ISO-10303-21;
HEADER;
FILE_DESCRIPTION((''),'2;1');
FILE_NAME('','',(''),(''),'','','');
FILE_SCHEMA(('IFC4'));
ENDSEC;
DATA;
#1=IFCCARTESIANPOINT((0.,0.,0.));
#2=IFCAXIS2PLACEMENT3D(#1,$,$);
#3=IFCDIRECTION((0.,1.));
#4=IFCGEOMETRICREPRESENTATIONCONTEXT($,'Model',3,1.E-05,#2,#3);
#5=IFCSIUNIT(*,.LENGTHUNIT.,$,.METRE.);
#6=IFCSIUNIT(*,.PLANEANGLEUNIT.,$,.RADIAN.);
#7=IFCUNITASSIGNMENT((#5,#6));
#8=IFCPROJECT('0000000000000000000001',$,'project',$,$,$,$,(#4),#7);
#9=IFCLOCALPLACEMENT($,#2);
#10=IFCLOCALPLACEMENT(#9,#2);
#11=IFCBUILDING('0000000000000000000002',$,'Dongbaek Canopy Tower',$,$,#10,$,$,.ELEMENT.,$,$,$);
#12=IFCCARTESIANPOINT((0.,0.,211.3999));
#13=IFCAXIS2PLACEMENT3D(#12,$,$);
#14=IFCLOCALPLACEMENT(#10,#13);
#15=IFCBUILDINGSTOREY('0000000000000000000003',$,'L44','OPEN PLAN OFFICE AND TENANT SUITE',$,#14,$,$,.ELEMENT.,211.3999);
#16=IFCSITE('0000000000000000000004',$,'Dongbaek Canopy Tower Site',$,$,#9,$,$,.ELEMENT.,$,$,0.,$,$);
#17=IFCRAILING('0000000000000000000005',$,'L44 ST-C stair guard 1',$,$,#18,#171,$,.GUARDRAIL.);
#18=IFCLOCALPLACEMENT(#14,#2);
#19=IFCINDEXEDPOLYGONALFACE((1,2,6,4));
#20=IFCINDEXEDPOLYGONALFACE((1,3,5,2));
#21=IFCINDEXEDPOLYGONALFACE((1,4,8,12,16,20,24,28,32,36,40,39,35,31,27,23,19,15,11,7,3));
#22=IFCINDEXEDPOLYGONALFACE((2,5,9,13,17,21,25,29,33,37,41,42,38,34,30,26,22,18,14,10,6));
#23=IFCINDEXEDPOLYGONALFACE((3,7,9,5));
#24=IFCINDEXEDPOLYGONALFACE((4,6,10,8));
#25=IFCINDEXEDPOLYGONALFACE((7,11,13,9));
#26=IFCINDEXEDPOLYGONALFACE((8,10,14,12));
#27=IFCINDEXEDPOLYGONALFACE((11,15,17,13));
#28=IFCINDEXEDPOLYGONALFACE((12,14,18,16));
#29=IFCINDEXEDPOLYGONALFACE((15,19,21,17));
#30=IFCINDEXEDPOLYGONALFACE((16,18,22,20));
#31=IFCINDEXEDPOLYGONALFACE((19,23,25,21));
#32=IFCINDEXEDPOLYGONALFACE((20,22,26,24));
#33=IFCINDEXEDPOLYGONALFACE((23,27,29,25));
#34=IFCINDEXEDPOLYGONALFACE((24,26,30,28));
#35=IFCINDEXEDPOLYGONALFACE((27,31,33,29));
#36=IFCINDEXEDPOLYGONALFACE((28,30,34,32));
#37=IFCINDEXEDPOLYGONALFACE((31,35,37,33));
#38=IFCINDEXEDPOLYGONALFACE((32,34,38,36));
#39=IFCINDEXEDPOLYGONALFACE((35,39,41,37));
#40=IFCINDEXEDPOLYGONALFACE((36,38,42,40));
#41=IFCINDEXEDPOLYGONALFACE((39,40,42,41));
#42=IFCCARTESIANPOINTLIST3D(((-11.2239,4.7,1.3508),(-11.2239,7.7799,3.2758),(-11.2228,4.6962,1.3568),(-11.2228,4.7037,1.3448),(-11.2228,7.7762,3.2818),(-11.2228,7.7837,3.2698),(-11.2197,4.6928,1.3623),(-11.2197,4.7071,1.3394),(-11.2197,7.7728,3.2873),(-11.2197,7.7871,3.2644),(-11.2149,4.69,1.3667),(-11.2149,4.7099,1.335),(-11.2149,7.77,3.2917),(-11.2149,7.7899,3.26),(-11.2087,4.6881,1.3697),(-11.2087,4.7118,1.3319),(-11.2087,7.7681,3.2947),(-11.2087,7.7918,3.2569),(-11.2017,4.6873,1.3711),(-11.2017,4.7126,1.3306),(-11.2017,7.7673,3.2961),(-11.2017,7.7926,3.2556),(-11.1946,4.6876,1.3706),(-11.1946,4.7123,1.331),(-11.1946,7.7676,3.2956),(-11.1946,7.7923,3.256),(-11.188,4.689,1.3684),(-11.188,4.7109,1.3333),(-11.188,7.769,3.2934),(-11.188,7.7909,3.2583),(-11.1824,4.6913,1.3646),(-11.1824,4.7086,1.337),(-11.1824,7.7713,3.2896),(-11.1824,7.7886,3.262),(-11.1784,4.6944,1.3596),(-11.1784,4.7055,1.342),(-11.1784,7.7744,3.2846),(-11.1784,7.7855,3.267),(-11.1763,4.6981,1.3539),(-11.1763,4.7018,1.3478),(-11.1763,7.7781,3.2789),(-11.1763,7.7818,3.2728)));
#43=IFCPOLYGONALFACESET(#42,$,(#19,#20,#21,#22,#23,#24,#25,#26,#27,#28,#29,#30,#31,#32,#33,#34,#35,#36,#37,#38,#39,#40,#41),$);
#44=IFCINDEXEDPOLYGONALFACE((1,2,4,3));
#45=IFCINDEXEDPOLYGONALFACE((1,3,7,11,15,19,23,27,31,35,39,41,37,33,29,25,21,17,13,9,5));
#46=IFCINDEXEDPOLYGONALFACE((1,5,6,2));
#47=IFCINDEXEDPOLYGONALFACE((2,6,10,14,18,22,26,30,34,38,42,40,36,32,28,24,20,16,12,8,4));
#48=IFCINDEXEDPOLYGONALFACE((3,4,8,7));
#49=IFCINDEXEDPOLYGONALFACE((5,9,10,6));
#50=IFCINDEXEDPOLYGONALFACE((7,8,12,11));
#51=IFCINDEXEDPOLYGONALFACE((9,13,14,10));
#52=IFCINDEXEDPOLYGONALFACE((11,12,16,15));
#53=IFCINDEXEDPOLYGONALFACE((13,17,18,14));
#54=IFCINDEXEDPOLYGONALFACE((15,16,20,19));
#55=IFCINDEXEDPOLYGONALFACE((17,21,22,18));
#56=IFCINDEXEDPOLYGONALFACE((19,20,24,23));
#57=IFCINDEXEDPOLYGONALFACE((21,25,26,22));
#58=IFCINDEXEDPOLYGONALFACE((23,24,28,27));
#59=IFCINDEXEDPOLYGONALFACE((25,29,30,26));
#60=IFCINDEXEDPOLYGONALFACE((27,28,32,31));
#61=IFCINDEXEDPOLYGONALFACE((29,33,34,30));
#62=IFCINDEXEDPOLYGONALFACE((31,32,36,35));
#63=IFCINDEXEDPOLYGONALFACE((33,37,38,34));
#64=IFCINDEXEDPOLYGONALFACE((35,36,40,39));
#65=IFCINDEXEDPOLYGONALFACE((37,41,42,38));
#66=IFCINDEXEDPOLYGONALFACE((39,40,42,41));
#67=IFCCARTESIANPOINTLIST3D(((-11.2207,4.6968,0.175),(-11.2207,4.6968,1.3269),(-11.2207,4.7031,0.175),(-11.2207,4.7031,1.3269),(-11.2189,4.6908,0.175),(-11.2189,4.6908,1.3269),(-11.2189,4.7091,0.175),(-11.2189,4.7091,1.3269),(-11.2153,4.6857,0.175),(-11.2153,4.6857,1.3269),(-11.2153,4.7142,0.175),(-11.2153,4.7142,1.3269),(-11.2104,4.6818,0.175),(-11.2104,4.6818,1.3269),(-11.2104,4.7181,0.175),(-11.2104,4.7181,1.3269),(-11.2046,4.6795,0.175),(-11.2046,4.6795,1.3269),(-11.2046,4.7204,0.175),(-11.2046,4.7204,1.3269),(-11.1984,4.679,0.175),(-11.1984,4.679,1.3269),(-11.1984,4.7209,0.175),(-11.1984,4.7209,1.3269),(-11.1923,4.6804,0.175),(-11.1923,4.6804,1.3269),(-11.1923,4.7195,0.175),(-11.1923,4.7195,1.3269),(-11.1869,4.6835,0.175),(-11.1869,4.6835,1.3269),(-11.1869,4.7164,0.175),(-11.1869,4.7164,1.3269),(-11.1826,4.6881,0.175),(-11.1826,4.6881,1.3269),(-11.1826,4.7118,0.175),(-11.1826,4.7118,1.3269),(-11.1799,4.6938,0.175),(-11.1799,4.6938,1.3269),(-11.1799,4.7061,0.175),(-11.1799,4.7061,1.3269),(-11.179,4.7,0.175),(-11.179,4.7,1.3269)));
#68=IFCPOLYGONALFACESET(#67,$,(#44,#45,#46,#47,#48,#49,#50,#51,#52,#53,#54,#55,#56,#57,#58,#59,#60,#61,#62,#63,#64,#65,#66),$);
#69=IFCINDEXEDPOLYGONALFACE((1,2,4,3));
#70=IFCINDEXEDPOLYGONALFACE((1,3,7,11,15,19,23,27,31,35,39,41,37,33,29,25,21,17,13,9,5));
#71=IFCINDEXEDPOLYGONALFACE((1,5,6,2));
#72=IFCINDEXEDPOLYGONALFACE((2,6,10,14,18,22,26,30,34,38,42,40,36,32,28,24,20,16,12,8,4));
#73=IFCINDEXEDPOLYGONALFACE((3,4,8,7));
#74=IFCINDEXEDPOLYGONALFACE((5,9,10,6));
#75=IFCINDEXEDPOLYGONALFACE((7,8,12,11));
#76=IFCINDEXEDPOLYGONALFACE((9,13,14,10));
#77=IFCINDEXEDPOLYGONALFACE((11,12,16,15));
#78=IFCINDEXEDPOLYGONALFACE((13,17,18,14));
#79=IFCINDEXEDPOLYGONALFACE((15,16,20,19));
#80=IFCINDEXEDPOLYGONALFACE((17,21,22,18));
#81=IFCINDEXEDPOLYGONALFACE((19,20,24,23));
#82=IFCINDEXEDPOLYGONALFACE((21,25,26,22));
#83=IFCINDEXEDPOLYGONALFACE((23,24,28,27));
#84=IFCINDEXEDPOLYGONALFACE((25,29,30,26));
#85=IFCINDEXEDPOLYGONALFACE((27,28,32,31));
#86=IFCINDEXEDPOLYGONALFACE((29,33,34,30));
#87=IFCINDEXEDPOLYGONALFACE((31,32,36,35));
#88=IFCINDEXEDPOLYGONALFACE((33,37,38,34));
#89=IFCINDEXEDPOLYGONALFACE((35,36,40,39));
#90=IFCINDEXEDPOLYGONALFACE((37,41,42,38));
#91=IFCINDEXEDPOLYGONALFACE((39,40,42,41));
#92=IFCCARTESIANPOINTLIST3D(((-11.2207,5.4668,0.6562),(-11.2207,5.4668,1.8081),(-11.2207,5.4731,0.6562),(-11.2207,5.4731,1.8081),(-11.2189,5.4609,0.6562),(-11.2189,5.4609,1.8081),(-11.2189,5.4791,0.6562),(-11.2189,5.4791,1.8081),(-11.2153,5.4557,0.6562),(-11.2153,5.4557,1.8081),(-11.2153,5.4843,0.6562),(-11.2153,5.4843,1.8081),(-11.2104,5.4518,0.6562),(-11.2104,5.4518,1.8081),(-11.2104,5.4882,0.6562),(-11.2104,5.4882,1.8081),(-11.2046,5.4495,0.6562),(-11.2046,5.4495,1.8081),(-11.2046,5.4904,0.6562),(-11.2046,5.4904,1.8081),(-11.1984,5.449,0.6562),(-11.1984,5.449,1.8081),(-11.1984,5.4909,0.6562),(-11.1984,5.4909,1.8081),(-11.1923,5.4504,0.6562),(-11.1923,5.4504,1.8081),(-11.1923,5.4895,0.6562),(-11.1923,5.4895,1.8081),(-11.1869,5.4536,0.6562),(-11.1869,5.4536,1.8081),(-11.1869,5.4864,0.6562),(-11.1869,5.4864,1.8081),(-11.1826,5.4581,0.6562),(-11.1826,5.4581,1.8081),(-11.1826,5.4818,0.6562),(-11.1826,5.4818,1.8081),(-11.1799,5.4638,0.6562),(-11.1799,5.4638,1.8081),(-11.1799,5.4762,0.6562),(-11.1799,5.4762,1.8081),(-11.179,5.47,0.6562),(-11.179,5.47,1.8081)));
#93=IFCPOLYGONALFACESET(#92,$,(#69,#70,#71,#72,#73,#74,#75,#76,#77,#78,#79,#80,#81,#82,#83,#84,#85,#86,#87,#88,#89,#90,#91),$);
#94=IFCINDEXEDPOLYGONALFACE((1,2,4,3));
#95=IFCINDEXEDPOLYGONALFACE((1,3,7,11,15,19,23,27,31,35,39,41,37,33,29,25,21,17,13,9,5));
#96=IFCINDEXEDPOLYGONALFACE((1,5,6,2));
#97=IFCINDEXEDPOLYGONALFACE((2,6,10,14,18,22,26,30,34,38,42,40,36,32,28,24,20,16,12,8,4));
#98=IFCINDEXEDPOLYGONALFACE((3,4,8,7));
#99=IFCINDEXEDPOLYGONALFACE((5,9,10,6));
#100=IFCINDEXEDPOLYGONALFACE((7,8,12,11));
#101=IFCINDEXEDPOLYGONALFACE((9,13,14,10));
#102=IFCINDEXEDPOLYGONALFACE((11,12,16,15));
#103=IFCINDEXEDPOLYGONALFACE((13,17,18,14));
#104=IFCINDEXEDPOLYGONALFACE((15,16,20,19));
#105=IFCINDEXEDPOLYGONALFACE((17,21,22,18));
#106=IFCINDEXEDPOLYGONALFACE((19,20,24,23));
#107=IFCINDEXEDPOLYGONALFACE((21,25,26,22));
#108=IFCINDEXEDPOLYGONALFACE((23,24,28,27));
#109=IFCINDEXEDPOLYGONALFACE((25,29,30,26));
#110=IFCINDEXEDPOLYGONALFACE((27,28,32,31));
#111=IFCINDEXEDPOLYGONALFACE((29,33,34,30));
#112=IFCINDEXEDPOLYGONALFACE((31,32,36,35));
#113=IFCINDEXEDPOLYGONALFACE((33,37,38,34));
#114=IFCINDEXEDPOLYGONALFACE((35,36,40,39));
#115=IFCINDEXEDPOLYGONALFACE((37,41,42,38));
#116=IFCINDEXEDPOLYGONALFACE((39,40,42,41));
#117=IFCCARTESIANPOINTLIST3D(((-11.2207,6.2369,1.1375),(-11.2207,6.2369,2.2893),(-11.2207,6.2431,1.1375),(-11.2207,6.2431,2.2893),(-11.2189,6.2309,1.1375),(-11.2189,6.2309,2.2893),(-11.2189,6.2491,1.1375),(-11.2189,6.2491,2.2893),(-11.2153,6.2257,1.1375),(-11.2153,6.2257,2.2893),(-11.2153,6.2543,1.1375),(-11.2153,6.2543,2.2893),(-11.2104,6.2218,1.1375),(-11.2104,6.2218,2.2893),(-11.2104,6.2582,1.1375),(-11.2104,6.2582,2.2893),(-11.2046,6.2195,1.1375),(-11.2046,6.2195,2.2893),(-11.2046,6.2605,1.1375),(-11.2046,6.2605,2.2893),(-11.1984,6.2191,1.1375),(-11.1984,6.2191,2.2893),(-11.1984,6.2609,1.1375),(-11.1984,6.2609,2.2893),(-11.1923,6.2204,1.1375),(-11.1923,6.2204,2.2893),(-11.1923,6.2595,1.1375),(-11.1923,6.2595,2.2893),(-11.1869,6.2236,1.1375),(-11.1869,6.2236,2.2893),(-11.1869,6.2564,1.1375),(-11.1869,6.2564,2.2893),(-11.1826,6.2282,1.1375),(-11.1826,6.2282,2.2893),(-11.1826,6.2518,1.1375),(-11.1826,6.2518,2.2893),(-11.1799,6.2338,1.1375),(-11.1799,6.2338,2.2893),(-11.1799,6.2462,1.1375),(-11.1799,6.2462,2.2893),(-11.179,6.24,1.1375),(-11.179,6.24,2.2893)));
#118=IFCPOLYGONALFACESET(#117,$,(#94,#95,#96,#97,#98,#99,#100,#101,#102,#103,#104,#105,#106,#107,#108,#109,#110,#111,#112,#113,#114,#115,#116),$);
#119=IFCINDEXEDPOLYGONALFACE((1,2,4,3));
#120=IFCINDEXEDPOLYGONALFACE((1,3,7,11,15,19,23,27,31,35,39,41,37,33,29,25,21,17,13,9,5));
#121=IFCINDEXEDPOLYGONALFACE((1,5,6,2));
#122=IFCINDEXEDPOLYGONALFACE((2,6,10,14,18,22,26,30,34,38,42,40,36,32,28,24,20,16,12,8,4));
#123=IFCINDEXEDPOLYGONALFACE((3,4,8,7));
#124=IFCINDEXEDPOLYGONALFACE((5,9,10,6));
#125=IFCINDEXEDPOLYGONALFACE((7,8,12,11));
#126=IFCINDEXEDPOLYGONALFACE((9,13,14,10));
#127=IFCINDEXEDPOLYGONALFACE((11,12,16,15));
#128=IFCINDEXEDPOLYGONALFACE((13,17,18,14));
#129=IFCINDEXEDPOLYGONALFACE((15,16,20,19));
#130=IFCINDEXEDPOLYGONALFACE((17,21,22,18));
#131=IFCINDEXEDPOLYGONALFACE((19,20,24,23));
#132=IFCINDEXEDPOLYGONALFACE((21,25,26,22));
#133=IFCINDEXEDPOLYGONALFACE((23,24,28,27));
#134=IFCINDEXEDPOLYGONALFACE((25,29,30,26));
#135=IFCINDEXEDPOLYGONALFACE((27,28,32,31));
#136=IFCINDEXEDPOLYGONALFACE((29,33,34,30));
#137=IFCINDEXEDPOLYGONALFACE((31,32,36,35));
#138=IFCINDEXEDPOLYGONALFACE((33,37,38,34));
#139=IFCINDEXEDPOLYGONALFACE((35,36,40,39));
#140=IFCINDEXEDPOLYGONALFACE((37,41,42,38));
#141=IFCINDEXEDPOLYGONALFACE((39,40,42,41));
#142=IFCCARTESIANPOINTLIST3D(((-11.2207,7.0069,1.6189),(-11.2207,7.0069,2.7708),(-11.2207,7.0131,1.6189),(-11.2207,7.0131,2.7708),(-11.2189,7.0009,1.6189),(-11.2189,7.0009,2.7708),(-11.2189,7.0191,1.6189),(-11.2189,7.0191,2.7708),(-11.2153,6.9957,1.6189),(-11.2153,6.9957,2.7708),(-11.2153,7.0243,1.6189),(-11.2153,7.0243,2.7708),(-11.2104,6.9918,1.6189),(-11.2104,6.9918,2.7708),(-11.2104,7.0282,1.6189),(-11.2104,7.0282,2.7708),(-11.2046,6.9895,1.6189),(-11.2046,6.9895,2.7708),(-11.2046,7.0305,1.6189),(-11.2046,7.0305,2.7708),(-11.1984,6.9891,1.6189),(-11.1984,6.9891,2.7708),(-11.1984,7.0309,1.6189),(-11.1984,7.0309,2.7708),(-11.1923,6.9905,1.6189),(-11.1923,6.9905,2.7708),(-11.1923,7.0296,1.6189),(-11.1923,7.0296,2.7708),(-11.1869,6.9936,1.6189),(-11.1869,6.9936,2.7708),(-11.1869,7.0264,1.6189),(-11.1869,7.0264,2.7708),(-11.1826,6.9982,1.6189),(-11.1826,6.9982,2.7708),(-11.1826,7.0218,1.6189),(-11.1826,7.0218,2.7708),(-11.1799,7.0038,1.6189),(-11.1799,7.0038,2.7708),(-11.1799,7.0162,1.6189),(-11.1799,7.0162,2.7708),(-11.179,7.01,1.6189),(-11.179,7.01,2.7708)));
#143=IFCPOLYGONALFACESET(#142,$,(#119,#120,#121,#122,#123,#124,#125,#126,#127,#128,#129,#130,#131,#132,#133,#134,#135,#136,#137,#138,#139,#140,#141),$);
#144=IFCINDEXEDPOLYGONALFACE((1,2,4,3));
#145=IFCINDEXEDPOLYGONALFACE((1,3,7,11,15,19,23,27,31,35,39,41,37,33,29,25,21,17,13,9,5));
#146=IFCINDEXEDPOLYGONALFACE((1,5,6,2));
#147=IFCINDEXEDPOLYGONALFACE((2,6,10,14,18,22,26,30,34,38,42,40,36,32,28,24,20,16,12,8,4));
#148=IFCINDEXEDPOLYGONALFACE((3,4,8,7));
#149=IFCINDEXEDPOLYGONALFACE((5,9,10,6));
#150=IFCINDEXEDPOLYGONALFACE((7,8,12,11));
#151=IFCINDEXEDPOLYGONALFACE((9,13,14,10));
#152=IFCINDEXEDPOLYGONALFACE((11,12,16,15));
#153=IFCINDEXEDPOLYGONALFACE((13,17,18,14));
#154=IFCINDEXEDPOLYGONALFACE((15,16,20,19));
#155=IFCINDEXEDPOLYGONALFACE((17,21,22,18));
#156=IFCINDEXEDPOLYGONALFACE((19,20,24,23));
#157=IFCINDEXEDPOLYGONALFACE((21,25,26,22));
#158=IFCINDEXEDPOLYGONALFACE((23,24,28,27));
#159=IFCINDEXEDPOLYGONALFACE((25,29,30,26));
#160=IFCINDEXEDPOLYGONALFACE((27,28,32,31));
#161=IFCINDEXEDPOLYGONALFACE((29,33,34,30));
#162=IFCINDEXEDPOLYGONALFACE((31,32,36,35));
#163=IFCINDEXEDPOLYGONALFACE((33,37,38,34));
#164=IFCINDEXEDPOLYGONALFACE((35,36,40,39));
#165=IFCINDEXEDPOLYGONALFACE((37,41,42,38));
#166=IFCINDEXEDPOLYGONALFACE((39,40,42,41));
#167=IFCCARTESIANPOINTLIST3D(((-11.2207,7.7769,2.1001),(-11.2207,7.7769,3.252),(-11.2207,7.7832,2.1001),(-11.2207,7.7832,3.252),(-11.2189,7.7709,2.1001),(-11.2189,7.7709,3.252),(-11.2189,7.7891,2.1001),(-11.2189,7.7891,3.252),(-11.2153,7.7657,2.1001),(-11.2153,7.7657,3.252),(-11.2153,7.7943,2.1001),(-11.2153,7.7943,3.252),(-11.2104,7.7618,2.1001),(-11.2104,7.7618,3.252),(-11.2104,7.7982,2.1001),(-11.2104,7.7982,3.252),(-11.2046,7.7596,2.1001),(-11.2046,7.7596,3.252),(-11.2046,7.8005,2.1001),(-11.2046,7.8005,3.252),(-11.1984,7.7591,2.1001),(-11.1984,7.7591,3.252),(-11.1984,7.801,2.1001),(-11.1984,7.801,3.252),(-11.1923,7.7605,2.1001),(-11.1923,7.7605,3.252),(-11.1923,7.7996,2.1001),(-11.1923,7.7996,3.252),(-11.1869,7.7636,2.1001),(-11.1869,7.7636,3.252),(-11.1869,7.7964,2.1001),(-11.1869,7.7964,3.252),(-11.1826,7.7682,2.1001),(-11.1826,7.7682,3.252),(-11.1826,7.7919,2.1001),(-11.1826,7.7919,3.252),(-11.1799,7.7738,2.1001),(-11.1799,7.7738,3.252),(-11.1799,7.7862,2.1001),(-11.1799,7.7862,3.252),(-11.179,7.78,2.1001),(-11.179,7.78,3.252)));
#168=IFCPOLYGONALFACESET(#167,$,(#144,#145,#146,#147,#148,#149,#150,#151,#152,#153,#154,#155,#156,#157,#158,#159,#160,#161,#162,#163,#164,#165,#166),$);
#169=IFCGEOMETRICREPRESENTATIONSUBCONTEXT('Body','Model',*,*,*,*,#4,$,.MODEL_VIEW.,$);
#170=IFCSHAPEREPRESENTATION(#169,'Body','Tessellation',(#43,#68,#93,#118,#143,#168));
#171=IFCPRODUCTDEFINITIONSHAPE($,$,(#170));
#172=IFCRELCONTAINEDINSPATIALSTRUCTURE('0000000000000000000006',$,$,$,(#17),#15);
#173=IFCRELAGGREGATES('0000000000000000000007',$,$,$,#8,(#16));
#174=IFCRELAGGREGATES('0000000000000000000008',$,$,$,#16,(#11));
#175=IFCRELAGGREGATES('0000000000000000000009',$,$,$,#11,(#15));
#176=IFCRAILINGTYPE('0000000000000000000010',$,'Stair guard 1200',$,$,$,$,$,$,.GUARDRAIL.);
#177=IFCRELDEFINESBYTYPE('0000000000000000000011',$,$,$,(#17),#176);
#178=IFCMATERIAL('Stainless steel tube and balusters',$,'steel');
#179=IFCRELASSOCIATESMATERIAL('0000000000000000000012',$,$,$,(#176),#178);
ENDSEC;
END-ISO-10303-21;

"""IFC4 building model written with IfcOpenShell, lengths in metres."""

from ifc_helpers import new_model, si_unit, direction, frame, origin, origin_2d, place, context, subcontext, project, spatial, circle, extrude, material, type_object, element, save


model = new_model("IFC4")

# Units and contexts
model_context = context("Model", 3, precision=1e-05, world=origin(), true_north=direction((0.0, 1.0)))
body_context = subcontext(model_context, "Body", "Model", "MODEL_VIEW")
ifc_project = project(units=[si_unit("LENGTHUNIT", "METRE"), si_unit("PLANEANGLEUNIT", "RADIAN")], contexts=[model_context])

# Site, building, storey
site_placement = place(None, origin())
site = spatial("IfcSite", under=ifc_project, at=site_placement, Name="Dongbaek Canopy Tower Site", CompositionType="ELEMENT", RefElevation=0.0)
building_placement = place(site_placement, origin())
building = spatial("IfcBuilding", under=site, at=building_placement, Name="Dongbaek Canopy Tower", CompositionType="ELEMENT")
storey_placement = place(building_placement, frame((0.0, 0.0, 211.3999)))
storey = spatial("IfcBuildingStorey", under=building, at=storey_placement, Name="L44", Description="OPEN PLAN OFFICE AND TENANT SUITE", CompositionType="ELEMENT", Elevation=211.3999)

# Railing
ifc_material_1 = material(Name="Stainless steel tube and balusters", Category="steel")
railing_type_1 = type_object("IfcRailingType", Name="Stair guard 1200", PredefinedType="GUARDRAIL", material=ifc_material_1)
railing_1_placement = place(storey_placement, frame((-11.2, 4.7, 0.175)))
element("IfcRailing", 1, at=railing_1_placement, inside=storey, type_object=railing_type_1, Name="L44 ST-C stair guard 1", PredefinedType="GUARDRAIL", context=body_context, shape_type="SweptSolid", body=[
    extrude(circle(Radius=0.0239, at=origin_2d()), frame((0.0, 0.0, 1.1758), z_axis=(0.0, 0.847998, 0.529999), x_axis=(-1.0, 0.0, 0.0)), (0.0, 0.0, 1.0), 3.6321),
    extrude(circle(Radius=0.021, at=origin_2d()), origin(), (0.0, 0.0, 1.0), 1.1519),
    extrude(circle(Radius=0.021, at=origin_2d()), frame((0.0, 0.77, 0.4812)), (0.0, 0.0, 1.0), 1.1519),
    extrude(circle(Radius=0.021, at=origin_2d()), frame((0.0, 1.54, 0.9624)), (0.0, 0.0, 1.0), 1.1519),
    extrude(circle(Radius=0.021, at=origin_2d()), frame((0.0, 2.3101, 1.4438)), (0.0, 0.0, 1.0), 1.1519),
    extrude(circle(Radius=0.021, at=origin_2d()), frame((0.0, 3.0801, 1.925)), (0.0, 0.0, 1.0), 1.1519),
])

save(model, "model.ifc")
